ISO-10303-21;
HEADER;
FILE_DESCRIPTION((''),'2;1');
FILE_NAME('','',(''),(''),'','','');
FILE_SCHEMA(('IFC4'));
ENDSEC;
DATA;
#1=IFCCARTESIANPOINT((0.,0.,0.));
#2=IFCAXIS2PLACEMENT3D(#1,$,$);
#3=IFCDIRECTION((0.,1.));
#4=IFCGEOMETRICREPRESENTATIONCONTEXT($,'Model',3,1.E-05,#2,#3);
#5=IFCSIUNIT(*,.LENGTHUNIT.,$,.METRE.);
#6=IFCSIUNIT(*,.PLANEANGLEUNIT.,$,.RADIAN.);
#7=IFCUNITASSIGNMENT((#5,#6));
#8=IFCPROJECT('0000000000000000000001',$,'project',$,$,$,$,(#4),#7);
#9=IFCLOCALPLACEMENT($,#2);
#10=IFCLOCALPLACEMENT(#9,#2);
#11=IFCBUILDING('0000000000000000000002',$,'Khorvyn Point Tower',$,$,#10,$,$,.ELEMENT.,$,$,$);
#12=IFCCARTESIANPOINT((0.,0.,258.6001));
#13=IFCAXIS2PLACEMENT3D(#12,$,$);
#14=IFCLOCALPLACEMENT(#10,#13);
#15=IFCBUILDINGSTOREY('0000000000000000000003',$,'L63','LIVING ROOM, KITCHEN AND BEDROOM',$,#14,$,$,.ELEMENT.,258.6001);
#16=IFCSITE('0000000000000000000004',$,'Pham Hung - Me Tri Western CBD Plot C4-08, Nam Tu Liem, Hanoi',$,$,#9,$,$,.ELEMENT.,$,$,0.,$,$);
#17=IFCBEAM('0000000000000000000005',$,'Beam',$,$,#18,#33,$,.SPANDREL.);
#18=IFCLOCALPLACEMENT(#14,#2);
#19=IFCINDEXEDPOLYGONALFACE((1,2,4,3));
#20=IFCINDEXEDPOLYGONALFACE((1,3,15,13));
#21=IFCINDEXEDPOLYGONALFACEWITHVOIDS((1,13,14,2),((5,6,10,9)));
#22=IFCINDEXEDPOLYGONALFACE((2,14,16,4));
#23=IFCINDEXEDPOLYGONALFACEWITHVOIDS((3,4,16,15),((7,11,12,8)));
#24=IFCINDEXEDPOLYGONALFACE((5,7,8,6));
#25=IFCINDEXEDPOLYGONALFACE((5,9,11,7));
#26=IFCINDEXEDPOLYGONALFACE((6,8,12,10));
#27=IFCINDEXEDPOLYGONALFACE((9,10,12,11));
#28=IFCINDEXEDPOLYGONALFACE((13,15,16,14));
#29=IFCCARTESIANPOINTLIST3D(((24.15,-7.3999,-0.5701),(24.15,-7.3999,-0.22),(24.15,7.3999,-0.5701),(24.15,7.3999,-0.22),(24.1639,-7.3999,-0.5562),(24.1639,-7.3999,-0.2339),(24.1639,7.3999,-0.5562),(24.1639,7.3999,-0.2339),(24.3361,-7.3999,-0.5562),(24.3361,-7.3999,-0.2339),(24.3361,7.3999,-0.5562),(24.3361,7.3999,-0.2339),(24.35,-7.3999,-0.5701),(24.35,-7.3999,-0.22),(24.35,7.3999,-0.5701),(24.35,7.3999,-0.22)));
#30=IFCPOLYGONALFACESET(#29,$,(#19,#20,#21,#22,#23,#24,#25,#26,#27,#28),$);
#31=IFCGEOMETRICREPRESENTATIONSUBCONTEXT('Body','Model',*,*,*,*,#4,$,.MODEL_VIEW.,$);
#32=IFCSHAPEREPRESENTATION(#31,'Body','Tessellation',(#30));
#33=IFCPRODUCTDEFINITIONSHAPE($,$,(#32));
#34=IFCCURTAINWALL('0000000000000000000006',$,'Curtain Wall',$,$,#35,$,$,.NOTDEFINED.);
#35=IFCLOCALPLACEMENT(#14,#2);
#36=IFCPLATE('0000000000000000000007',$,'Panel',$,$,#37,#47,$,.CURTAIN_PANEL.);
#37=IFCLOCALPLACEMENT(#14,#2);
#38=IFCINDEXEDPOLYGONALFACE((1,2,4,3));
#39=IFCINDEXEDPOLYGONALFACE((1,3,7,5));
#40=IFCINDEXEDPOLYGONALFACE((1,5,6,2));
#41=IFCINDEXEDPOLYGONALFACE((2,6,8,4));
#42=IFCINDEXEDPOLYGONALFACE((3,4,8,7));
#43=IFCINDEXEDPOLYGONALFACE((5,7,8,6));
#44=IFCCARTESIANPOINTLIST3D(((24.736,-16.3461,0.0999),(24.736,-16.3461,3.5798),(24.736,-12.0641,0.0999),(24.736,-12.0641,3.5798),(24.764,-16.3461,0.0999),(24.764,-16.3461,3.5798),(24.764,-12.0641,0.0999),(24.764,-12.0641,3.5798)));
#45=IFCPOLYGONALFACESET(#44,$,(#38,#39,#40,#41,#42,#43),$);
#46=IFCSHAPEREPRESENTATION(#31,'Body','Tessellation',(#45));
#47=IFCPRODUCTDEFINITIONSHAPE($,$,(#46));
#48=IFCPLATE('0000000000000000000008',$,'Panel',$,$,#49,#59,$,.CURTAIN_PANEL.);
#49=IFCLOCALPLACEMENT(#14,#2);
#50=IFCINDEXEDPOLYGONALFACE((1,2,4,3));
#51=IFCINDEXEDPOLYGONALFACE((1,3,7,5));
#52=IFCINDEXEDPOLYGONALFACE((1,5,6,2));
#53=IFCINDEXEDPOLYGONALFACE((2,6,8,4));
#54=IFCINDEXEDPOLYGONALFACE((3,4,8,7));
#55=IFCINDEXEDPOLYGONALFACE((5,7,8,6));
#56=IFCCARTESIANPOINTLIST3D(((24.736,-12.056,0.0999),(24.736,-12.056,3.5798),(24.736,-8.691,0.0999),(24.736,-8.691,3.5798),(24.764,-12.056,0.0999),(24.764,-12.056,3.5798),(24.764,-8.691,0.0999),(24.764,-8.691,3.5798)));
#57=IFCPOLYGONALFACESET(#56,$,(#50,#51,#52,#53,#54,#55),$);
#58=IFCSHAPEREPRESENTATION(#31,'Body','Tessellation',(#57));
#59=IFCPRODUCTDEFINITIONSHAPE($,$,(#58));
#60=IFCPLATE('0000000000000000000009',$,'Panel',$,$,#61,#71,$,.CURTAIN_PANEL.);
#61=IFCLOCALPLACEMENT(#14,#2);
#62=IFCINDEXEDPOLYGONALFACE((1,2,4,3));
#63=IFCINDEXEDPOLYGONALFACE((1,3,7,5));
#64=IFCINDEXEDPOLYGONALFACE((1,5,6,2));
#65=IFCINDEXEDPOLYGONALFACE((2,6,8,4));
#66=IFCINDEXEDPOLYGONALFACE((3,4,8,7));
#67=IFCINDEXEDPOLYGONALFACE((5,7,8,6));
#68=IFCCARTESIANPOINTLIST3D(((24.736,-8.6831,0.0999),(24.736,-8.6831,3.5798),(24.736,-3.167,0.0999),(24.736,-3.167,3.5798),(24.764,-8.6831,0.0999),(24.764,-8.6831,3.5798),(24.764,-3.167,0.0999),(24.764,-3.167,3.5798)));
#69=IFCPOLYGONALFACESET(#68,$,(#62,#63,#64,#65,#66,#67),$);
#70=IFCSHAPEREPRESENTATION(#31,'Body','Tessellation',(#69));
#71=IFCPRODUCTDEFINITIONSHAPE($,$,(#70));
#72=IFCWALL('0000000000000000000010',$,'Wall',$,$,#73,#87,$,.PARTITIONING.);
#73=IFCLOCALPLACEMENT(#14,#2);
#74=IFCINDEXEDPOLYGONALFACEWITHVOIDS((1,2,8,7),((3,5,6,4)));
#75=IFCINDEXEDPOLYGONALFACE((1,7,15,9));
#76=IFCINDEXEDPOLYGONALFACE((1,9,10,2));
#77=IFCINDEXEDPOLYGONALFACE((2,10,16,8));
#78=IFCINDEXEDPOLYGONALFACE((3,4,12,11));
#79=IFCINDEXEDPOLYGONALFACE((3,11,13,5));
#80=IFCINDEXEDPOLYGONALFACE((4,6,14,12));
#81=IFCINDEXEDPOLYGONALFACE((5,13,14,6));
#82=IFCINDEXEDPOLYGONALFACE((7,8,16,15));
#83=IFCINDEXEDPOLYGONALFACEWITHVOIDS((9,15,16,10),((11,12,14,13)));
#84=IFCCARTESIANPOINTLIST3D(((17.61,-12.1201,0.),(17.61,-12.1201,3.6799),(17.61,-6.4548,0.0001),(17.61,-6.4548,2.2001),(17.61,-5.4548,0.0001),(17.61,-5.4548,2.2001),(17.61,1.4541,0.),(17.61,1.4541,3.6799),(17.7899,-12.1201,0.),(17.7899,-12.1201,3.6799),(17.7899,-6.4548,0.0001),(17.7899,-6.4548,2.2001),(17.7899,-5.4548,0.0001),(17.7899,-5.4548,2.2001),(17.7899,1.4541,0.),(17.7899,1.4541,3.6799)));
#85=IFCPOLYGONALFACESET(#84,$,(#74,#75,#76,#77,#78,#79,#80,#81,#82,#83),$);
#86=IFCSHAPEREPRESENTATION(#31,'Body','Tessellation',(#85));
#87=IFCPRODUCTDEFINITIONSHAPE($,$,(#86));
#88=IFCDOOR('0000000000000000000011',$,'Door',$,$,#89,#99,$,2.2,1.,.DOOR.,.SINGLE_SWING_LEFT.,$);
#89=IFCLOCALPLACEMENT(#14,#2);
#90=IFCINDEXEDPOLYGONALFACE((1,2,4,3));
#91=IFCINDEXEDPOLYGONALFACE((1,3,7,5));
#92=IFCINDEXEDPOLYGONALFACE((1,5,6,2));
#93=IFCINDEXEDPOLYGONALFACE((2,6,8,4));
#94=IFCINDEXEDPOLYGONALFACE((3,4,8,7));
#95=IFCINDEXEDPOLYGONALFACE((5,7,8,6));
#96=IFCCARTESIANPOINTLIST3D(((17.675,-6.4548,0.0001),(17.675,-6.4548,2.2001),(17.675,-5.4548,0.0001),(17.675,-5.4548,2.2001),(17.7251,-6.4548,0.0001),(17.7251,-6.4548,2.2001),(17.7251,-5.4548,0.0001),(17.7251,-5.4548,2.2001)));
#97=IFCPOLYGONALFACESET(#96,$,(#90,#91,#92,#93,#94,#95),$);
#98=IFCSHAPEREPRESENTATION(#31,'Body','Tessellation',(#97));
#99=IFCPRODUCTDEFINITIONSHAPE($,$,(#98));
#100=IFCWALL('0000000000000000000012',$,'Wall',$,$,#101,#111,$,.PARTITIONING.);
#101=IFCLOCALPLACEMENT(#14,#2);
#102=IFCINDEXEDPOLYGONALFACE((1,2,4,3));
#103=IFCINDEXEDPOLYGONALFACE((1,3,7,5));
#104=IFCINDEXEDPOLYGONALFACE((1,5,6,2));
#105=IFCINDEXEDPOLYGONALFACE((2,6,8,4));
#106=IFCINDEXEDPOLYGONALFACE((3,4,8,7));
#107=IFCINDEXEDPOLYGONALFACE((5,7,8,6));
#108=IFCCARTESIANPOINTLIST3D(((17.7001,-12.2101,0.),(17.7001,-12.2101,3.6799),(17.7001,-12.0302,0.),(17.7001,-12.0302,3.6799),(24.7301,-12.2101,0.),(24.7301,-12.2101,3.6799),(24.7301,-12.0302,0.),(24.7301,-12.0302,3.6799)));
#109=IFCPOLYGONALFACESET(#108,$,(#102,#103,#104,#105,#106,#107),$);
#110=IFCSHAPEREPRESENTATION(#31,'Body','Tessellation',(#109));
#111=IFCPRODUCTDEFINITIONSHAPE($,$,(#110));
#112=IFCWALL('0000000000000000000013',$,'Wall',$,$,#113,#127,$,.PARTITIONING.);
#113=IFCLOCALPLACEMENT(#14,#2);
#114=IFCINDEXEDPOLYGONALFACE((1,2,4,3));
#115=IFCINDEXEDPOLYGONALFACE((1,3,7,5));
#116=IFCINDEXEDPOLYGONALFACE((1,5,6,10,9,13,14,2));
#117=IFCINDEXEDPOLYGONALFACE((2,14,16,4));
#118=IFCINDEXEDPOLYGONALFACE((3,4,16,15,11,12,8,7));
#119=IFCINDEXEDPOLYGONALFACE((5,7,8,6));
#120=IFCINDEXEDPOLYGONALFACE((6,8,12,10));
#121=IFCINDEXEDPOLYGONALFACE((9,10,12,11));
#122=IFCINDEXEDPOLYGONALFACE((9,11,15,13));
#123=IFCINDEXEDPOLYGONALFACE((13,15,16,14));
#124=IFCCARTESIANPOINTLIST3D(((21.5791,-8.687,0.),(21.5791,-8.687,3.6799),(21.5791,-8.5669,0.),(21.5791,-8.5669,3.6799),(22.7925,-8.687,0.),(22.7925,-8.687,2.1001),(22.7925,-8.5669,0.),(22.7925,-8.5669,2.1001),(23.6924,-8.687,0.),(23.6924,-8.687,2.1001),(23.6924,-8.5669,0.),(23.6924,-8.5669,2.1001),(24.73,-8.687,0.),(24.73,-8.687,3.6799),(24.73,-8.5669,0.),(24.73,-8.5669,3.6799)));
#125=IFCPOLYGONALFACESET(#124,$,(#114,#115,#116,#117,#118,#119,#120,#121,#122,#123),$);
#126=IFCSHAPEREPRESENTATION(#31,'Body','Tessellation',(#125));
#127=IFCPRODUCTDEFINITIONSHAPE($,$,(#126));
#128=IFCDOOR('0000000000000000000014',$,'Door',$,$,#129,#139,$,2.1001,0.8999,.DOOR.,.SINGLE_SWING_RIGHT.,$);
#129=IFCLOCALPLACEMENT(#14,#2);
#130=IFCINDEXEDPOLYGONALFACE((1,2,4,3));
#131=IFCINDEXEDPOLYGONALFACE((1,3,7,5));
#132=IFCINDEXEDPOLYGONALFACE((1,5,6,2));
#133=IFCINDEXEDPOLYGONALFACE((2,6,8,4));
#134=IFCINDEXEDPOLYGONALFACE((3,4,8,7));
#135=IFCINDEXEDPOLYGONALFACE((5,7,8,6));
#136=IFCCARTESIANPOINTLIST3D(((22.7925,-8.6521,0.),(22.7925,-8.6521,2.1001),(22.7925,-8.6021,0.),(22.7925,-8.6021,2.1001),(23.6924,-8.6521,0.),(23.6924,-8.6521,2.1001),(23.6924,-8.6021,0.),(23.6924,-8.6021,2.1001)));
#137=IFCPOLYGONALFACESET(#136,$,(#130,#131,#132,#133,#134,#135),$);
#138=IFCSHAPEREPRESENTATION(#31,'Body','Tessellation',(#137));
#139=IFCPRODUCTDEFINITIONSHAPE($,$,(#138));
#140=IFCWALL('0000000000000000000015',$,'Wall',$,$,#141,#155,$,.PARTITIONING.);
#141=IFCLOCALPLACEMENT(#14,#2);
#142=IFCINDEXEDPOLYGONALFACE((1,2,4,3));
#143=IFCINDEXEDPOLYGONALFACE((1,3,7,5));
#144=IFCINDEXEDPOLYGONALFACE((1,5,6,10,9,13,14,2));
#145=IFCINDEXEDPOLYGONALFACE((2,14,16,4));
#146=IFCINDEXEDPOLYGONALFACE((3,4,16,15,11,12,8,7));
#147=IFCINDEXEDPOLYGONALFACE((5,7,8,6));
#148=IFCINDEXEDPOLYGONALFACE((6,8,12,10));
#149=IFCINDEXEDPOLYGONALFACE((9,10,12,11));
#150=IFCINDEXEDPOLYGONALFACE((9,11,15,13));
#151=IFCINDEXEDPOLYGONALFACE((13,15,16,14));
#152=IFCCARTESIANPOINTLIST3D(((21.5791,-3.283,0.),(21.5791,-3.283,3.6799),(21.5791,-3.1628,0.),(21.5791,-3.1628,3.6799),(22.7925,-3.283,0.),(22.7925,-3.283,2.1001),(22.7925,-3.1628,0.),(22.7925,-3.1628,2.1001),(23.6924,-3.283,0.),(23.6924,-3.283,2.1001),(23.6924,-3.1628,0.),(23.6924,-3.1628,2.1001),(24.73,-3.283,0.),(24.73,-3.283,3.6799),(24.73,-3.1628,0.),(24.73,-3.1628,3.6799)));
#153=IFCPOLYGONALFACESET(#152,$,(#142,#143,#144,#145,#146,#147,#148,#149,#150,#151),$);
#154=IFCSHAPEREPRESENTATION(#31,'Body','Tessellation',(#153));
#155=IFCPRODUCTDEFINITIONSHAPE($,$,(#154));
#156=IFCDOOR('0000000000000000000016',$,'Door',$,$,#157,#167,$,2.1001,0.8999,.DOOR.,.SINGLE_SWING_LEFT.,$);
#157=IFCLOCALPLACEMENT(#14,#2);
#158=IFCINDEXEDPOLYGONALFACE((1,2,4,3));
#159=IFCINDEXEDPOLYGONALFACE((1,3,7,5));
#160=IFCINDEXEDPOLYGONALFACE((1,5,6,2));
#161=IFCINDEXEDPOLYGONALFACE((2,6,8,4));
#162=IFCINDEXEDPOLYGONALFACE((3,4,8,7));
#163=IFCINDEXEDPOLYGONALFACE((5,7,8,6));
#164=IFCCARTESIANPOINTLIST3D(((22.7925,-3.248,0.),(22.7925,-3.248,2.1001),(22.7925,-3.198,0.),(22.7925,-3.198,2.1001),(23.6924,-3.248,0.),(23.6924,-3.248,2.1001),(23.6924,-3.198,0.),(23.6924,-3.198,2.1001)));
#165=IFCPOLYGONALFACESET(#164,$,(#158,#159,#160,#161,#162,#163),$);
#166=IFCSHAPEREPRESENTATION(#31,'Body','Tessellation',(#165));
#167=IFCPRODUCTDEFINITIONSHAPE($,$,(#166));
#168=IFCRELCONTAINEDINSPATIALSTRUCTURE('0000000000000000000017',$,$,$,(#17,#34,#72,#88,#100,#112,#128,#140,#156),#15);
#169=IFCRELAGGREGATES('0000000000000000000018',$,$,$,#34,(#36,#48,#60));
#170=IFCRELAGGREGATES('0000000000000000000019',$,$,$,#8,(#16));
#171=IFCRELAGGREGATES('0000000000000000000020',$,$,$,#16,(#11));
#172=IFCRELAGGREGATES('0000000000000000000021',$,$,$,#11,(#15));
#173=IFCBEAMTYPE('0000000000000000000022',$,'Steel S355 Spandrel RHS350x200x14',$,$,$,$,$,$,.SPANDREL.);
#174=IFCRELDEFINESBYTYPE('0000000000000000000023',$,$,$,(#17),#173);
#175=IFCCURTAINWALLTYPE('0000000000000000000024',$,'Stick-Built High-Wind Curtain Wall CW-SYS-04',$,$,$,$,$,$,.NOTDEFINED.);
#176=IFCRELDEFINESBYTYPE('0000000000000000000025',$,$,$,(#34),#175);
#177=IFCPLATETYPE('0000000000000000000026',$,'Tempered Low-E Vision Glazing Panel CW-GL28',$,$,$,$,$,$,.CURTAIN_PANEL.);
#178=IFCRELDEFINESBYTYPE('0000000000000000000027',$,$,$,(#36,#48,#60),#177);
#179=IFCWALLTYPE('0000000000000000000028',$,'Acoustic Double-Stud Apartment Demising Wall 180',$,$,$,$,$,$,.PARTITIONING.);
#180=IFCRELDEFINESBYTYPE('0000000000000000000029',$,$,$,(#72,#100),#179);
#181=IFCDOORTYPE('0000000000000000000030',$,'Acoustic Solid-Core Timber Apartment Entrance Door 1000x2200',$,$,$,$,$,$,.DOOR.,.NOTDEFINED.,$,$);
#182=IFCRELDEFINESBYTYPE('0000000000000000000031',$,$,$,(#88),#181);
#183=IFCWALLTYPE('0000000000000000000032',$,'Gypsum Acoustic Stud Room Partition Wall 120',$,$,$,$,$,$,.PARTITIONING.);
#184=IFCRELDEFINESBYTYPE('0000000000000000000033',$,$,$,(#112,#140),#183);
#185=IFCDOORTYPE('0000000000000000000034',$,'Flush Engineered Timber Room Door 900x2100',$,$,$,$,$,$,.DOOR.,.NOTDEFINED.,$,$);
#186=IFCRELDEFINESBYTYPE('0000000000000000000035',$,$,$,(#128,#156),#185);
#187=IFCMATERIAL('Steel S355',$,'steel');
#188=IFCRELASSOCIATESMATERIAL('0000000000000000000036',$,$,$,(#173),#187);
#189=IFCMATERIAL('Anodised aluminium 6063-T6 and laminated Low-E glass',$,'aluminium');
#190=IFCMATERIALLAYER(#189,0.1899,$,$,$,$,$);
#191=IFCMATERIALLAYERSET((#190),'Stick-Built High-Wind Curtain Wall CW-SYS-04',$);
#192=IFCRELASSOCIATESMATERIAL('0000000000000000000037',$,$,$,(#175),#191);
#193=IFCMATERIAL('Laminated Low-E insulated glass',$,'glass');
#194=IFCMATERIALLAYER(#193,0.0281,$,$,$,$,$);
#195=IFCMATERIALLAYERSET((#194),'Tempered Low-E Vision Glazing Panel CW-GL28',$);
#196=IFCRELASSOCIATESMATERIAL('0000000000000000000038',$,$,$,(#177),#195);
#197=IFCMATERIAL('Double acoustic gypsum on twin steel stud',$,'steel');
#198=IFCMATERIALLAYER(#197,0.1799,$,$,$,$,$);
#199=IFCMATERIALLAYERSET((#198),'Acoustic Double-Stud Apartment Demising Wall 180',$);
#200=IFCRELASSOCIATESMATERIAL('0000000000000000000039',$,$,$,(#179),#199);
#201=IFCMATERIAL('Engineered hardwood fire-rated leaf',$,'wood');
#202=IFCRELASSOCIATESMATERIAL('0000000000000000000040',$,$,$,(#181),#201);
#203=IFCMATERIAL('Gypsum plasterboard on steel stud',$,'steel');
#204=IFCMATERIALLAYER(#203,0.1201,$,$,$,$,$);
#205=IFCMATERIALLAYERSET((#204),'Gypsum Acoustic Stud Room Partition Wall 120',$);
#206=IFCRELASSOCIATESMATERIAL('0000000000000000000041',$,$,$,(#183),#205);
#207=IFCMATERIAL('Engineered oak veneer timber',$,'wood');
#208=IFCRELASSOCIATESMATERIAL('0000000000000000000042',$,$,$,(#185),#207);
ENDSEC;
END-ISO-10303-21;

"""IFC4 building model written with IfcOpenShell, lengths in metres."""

from ifc_helpers import new_model, si_unit, direction, frame, frame_2d, origin, origin_2d, place, context, subcontext, project, spatial, rectangle, hollow_rectangle, extrude, material, layer, layer_set, material_profile, profile_set, type_object, element, fill, aggregate, save


model = new_model("IFC4")

# Units and contexts
model_context = context("Model", 3, precision=1e-05, world=origin(), true_north=direction((0.0, 1.0)))
body_context = subcontext(model_context, "Body", "Model", "MODEL_VIEW")
ifc_project = project(units=[si_unit("LENGTHUNIT", "METRE"), si_unit("PLANEANGLEUNIT", "RADIAN")], contexts=[model_context])

# Site, building, storey
site_placement = place(None, origin())
site = spatial("IfcSite", under=ifc_project, at=site_placement, Name="Pham Hung - Me Tri Western CBD Plot C4-08, Nam Tu Liem, Hanoi", CompositionType="ELEMENT", RefElevation=0.0)
building_placement = place(site_placement, origin())
building = spatial("IfcBuilding", under=site, at=building_placement, Name="Khorvyn Point Tower", CompositionType="ELEMENT")
storey_placement = place(building_placement, frame((0.0, 0.0, 258.6001)))
storey = spatial("IfcBuildingStorey", under=building, at=storey_placement, Name="L63", Description="LIVING ROOM, KITCHEN AND BEDROOM", CompositionType="ELEMENT", Elevation=258.6001)

# Shared definitions
ifc_material_1 = material(Name="Steel S355", Category="steel")

# Beam
ifc_material_profile_1 = material_profile(ifc_material_1, hollow_rectangle(XDim=0.2, YDim=0.3501, WallThickness=0.0139, at=origin_2d()))
ifc_profile_set_1 = profile_set([ifc_material_profile_1], Name="Steel S355 RHS350x200x14")
beam_type_1 = type_object("IfcBeamType", Name="Steel S355 Spandrel RHS350x200x14", PredefinedType="SPANDREL", material=ifc_profile_set_1)
beam_1_placement = place(storey_placement, frame((24.25, -7.3999, -0.395), z_axis=(0.0, 1.0, 0.0), x_axis=(-1.0, 0.0, 0.0)))
element("IfcBeam", 1, at=beam_1_placement, inside=storey, type_object=beam_type_1, Name="Beam", PredefinedType="SPANDREL", context=body_context, shape_type="SweptSolid", body=[
    extrude(hollow_rectangle(XDim=0.2, YDim=0.3501, WallThickness=0.0139, at=origin_2d()), origin(), (0.0, 0.0, 1.0), 14.7998),
])

# Curtain wall, plates
ifc_material_2 = material(Name="Anodised aluminium 6063-T6 and laminated Low-E glass", Category="aluminium")
ifc_layer_1 = layer(ifc_material_2, 0.1899)
ifc_layer_set_1 = layer_set([ifc_layer_1], Name="Stick-Built High-Wind Curtain Wall CW-SYS-04")
curtain_wall_type = type_object("IfcCurtainWallType", Name="Stick-Built High-Wind Curtain Wall CW-SYS-04", PredefinedType="NOTDEFINED", material=ifc_layer_set_1)
curtain_wall_placement = place(storey_placement, origin())
curtain_wall = element("IfcCurtainWall", 2, at=curtain_wall_placement, inside=storey, type_object=curtain_wall_type, Name="Curtain Wall", PredefinedType="NOTDEFINED")
ifc_material_3 = material(Name="Laminated Low-E insulated glass", Category="glass")
ifc_layer_2 = layer(ifc_material_3, 0.0281)
ifc_layer_set_2 = layer_set([ifc_layer_2], Name="Tempered Low-E Vision Glazing Panel CW-GL28")
plate_type = type_object("IfcPlateType", Name="Tempered Low-E Vision Glazing Panel CW-GL28", PredefinedType="CURTAIN_PANEL", material=ifc_layer_set_2)
plate_1_placement = place(storey_placement, frame((24.75, -14.2051, 0.0999), z_axis=(0.0, 0.0, 1.0), x_axis=(0.0, -1.0, 0.0)))
plate_1 = element("IfcPlate", 3, at=plate_1_placement, type_object=plate_type, Name="Panel", PredefinedType="CURTAIN_PANEL", context=body_context, shape_type="SweptSolid", body=[
    extrude(rectangle(XDim=4.282, YDim=0.0281, at=origin_2d()), origin(), (0.0, 0.0, 1.0), 3.48),
])
plate_2_placement = place(storey_placement, frame((24.75, -10.3735, 0.0999), z_axis=(0.0, 0.0, 1.0), x_axis=(0.0, -1.0, 0.0)))
plate_2 = element("IfcPlate", 4, at=plate_2_placement, type_object=plate_type, Name="Panel", PredefinedType="CURTAIN_PANEL", context=body_context, shape_type="SweptSolid", body=[
    extrude(rectangle(XDim=3.365, YDim=0.0281, at=origin_2d()), origin(), (0.0, 0.0, 1.0), 3.48),
])
plate_3_placement = place(storey_placement, frame((24.75, -5.925, 0.0999), z_axis=(0.0, 0.0, 1.0), x_axis=(0.0, -1.0, 0.0)))
plate_3 = element("IfcPlate", 5, at=plate_3_placement, type_object=plate_type, Name="Panel", PredefinedType="CURTAIN_PANEL", context=body_context, shape_type="SweptSolid", body=[
    extrude(rectangle(XDim=5.5161, YDim=0.0281, at=origin_2d()), origin(), (0.0, 0.0, 1.0), 3.48),
])
aggregate(curtain_wall, [plate_1, plate_2, plate_3])

# Wall, opening, door
ifc_material_4 = material(Name="Double acoustic gypsum on twin steel stud", Category="steel")
ifc_layer_3 = layer(ifc_material_4, 0.1799)
ifc_layer_set_3 = layer_set([ifc_layer_3], Name="Acoustic Double-Stud Apartment Demising Wall 180")
wall_type_1 = type_object("IfcWallType", Name="Acoustic Double-Stud Apartment Demising Wall 180", PredefinedType="PARTITIONING", material=ifc_layer_set_3)
wall_1_placement = place(storey_placement, frame((17.7, -12.1201, 0.0), z_axis=(0.0, 0.0, 1.0), x_axis=(0.0, 1.0, 0.0)))
wall_1 = element("IfcWall", 6, at=wall_1_placement, inside=storey, type_object=wall_type_1, Name="Wall", PredefinedType="PARTITIONING", context=body_context, shape_type="SweptSolid", body=[
    extrude(rectangle(XDim=13.5742, YDim=0.1799, at=frame_2d((6.7871, 0.0))), origin(), (0.0, 0.0, 1.0), 3.6799),
])
opening_1_placement = place(wall_1_placement, frame((5.6653, 0.0, 0.0)))
opening_1 = element("IfcOpeningElement", 7, at=opening_1_placement, cuts=wall_1, PredefinedType="OPENING", context=body_context, shape_type="SweptSolid", body=[
    extrude(rectangle(XDim=1.0, YDim=2.2, at=frame_2d((0.5, 1.1001))), frame((0.0, 0.0999, 0.0), z_axis=(0.0, -1.0, 0.0), x_axis=(1.0, 0.0, 0.0)), (0.0, 0.0, 1.0), 0.2),
])
ifc_material_5 = material(Name="Engineered hardwood fire-rated leaf", Category="wood")
door_type_1 = type_object("IfcDoorType", Name="Acoustic Solid-Core Timber Apartment Entrance Door 1000x2200", OperationType="NOTDEFINED", PredefinedType="DOOR", material=ifc_material_5)
door_1_placement = place(opening_1_placement, origin())
door_1 = element("IfcDoor", 8, at=door_1_placement, inside=storey, type_object=door_type_1, Name="Door", OperationType="SINGLE_SWING_LEFT", OverallHeight=2.2, OverallWidth=1.0, PredefinedType="DOOR", context=body_context, shape_type="SweptSolid", body=[
    extrude(rectangle(XDim=1.0, YDim=2.2, at=frame_2d((0.5, 1.1001))), frame((0.0, 0.0249, 0.0), z_axis=(0.0, -1.0, 0.0), x_axis=(1.0, 0.0, 0.0)), (0.0, 0.0, 1.0), 0.05),
])
fill(opening_1, door_1)

# Wall
wall_2_placement = place(storey_placement, frame((17.7, -12.1201, 0.0), z_axis=(0.0, 0.0, 1.0), x_axis=(1.0, 0.0, 0.0)))
element("IfcWall", 9, at=wall_2_placement, inside=storey, type_object=wall_type_1, Name="Wall", PredefinedType="PARTITIONING", context=body_context, shape_type="SweptSolid", body=[
    extrude(rectangle(XDim=7.03, YDim=0.1799, at=frame_2d((3.5151, 0.0))), origin(), (0.0, 0.0, 1.0), 3.6799),
])

# Walls, openings, doors
ifc_material_6 = material(Name="Gypsum plasterboard on steel stud", Category="steel")
ifc_layer_4 = layer(ifc_material_6, 0.1201)
ifc_layer_set_4 = layer_set([ifc_layer_4], Name="Gypsum Acoustic Stud Room Partition Wall 120")
wall_type_2 = type_object("IfcWallType", Name="Gypsum Acoustic Stud Room Partition Wall 120", PredefinedType="PARTITIONING", material=ifc_layer_set_4)
wall_3_placement = place(storey_placement, frame((21.5791, -8.627, 0.0), z_axis=(0.0, 0.0, 1.0), x_axis=(1.0, 0.0, 0.0)))
wall_3 = element("IfcWall", 10, at=wall_3_placement, inside=storey, type_object=wall_type_2, Name="Wall", PredefinedType="PARTITIONING", context=body_context, shape_type="SweptSolid", body=[
    extrude(rectangle(XDim=3.1509, YDim=0.1201, at=frame_2d((1.5754, 0.0))), origin(), (0.0, 0.0, 1.0), 3.6799),
])
opening_2_placement = place(wall_3_placement, frame((1.2134, 0.0, 0.0)))
opening_2 = element("IfcOpeningElement", 11, at=opening_2_placement, cuts=wall_3, PredefinedType="OPENING", context=body_context, shape_type="SweptSolid", body=[
    extrude(rectangle(XDim=0.8999, YDim=2.1001, at=frame_2d((0.45, 1.05))), frame((0.0, 0.0701, 0.0), z_axis=(0.0, -1.0, 0.0), x_axis=(1.0, 0.0, 0.0)), (0.0, 0.0, 1.0), 0.1401),
])
ifc_material_7 = material(Name="Engineered oak veneer timber", Category="wood")
door_type_2 = type_object("IfcDoorType", Name="Flush Engineered Timber Room Door 900x2100", OperationType="NOTDEFINED", PredefinedType="DOOR", material=ifc_material_7)
door_2_placement = place(opening_2_placement, origin())
door_2 = element("IfcDoor", 12, at=door_2_placement, inside=storey, type_object=door_type_2, Name="Door", OperationType="SINGLE_SWING_RIGHT", OverallHeight=2.1001, OverallWidth=0.8999, PredefinedType="DOOR", context=body_context, shape_type="SweptSolid", body=[
    extrude(rectangle(XDim=0.8999, YDim=2.1001, at=frame_2d((0.45, 1.05))), frame((0.0, 0.0249, 0.0), z_axis=(0.0, -1.0, 0.0), x_axis=(1.0, 0.0, 0.0)), (0.0, 0.0, 1.0), 0.05),
])
fill(opening_2, door_2)
wall_4_placement = place(storey_placement, frame((21.5791, -3.2229, 0.0), z_axis=(0.0, 0.0, 1.0), x_axis=(1.0, 0.0, 0.0)))
wall_4 = element("IfcWall", 13, at=wall_4_placement, inside=storey, type_object=wall_type_2, Name="Wall", PredefinedType="PARTITIONING", context=body_context, shape_type="SweptSolid", body=[
    extrude(rectangle(XDim=3.1509, YDim=0.1201, at=frame_2d((1.5754, 0.0))), origin(), (0.0, 0.0, 1.0), 3.6799),
])
opening_3_placement = place(wall_4_placement, frame((1.2134, 0.0, 0.0)))
opening_3 = element("IfcOpeningElement", 14, at=opening_3_placement, cuts=wall_4, PredefinedType="OPENING", context=body_context, shape_type="SweptSolid", body=[
    extrude(rectangle(XDim=0.8999, YDim=2.1001, at=frame_2d((0.45, 1.05))), frame((0.0, 0.0701, 0.0), z_axis=(0.0, -1.0, 0.0), x_axis=(1.0, 0.0, 0.0)), (0.0, 0.0, 1.0), 0.1401),
])
door_3_placement = place(opening_3_placement, origin())
door_3 = element("IfcDoor", 15, at=door_3_placement, inside=storey, type_object=door_type_2, Name="Door", OperationType="SINGLE_SWING_LEFT", OverallHeight=2.1001, OverallWidth=0.8999, PredefinedType="DOOR", context=body_context, shape_type="SweptSolid", body=[
    extrude(rectangle(XDim=0.8999, YDim=2.1001, at=frame_2d((0.45, 1.05))), frame((0.0, 0.0249, 0.0), z_axis=(0.0, -1.0, 0.0), x_axis=(1.0, 0.0, 0.0)), (0.0, 0.0, 1.0), 0.05),
])
fill(opening_3, door_3)

save(model, "model.ifc")
